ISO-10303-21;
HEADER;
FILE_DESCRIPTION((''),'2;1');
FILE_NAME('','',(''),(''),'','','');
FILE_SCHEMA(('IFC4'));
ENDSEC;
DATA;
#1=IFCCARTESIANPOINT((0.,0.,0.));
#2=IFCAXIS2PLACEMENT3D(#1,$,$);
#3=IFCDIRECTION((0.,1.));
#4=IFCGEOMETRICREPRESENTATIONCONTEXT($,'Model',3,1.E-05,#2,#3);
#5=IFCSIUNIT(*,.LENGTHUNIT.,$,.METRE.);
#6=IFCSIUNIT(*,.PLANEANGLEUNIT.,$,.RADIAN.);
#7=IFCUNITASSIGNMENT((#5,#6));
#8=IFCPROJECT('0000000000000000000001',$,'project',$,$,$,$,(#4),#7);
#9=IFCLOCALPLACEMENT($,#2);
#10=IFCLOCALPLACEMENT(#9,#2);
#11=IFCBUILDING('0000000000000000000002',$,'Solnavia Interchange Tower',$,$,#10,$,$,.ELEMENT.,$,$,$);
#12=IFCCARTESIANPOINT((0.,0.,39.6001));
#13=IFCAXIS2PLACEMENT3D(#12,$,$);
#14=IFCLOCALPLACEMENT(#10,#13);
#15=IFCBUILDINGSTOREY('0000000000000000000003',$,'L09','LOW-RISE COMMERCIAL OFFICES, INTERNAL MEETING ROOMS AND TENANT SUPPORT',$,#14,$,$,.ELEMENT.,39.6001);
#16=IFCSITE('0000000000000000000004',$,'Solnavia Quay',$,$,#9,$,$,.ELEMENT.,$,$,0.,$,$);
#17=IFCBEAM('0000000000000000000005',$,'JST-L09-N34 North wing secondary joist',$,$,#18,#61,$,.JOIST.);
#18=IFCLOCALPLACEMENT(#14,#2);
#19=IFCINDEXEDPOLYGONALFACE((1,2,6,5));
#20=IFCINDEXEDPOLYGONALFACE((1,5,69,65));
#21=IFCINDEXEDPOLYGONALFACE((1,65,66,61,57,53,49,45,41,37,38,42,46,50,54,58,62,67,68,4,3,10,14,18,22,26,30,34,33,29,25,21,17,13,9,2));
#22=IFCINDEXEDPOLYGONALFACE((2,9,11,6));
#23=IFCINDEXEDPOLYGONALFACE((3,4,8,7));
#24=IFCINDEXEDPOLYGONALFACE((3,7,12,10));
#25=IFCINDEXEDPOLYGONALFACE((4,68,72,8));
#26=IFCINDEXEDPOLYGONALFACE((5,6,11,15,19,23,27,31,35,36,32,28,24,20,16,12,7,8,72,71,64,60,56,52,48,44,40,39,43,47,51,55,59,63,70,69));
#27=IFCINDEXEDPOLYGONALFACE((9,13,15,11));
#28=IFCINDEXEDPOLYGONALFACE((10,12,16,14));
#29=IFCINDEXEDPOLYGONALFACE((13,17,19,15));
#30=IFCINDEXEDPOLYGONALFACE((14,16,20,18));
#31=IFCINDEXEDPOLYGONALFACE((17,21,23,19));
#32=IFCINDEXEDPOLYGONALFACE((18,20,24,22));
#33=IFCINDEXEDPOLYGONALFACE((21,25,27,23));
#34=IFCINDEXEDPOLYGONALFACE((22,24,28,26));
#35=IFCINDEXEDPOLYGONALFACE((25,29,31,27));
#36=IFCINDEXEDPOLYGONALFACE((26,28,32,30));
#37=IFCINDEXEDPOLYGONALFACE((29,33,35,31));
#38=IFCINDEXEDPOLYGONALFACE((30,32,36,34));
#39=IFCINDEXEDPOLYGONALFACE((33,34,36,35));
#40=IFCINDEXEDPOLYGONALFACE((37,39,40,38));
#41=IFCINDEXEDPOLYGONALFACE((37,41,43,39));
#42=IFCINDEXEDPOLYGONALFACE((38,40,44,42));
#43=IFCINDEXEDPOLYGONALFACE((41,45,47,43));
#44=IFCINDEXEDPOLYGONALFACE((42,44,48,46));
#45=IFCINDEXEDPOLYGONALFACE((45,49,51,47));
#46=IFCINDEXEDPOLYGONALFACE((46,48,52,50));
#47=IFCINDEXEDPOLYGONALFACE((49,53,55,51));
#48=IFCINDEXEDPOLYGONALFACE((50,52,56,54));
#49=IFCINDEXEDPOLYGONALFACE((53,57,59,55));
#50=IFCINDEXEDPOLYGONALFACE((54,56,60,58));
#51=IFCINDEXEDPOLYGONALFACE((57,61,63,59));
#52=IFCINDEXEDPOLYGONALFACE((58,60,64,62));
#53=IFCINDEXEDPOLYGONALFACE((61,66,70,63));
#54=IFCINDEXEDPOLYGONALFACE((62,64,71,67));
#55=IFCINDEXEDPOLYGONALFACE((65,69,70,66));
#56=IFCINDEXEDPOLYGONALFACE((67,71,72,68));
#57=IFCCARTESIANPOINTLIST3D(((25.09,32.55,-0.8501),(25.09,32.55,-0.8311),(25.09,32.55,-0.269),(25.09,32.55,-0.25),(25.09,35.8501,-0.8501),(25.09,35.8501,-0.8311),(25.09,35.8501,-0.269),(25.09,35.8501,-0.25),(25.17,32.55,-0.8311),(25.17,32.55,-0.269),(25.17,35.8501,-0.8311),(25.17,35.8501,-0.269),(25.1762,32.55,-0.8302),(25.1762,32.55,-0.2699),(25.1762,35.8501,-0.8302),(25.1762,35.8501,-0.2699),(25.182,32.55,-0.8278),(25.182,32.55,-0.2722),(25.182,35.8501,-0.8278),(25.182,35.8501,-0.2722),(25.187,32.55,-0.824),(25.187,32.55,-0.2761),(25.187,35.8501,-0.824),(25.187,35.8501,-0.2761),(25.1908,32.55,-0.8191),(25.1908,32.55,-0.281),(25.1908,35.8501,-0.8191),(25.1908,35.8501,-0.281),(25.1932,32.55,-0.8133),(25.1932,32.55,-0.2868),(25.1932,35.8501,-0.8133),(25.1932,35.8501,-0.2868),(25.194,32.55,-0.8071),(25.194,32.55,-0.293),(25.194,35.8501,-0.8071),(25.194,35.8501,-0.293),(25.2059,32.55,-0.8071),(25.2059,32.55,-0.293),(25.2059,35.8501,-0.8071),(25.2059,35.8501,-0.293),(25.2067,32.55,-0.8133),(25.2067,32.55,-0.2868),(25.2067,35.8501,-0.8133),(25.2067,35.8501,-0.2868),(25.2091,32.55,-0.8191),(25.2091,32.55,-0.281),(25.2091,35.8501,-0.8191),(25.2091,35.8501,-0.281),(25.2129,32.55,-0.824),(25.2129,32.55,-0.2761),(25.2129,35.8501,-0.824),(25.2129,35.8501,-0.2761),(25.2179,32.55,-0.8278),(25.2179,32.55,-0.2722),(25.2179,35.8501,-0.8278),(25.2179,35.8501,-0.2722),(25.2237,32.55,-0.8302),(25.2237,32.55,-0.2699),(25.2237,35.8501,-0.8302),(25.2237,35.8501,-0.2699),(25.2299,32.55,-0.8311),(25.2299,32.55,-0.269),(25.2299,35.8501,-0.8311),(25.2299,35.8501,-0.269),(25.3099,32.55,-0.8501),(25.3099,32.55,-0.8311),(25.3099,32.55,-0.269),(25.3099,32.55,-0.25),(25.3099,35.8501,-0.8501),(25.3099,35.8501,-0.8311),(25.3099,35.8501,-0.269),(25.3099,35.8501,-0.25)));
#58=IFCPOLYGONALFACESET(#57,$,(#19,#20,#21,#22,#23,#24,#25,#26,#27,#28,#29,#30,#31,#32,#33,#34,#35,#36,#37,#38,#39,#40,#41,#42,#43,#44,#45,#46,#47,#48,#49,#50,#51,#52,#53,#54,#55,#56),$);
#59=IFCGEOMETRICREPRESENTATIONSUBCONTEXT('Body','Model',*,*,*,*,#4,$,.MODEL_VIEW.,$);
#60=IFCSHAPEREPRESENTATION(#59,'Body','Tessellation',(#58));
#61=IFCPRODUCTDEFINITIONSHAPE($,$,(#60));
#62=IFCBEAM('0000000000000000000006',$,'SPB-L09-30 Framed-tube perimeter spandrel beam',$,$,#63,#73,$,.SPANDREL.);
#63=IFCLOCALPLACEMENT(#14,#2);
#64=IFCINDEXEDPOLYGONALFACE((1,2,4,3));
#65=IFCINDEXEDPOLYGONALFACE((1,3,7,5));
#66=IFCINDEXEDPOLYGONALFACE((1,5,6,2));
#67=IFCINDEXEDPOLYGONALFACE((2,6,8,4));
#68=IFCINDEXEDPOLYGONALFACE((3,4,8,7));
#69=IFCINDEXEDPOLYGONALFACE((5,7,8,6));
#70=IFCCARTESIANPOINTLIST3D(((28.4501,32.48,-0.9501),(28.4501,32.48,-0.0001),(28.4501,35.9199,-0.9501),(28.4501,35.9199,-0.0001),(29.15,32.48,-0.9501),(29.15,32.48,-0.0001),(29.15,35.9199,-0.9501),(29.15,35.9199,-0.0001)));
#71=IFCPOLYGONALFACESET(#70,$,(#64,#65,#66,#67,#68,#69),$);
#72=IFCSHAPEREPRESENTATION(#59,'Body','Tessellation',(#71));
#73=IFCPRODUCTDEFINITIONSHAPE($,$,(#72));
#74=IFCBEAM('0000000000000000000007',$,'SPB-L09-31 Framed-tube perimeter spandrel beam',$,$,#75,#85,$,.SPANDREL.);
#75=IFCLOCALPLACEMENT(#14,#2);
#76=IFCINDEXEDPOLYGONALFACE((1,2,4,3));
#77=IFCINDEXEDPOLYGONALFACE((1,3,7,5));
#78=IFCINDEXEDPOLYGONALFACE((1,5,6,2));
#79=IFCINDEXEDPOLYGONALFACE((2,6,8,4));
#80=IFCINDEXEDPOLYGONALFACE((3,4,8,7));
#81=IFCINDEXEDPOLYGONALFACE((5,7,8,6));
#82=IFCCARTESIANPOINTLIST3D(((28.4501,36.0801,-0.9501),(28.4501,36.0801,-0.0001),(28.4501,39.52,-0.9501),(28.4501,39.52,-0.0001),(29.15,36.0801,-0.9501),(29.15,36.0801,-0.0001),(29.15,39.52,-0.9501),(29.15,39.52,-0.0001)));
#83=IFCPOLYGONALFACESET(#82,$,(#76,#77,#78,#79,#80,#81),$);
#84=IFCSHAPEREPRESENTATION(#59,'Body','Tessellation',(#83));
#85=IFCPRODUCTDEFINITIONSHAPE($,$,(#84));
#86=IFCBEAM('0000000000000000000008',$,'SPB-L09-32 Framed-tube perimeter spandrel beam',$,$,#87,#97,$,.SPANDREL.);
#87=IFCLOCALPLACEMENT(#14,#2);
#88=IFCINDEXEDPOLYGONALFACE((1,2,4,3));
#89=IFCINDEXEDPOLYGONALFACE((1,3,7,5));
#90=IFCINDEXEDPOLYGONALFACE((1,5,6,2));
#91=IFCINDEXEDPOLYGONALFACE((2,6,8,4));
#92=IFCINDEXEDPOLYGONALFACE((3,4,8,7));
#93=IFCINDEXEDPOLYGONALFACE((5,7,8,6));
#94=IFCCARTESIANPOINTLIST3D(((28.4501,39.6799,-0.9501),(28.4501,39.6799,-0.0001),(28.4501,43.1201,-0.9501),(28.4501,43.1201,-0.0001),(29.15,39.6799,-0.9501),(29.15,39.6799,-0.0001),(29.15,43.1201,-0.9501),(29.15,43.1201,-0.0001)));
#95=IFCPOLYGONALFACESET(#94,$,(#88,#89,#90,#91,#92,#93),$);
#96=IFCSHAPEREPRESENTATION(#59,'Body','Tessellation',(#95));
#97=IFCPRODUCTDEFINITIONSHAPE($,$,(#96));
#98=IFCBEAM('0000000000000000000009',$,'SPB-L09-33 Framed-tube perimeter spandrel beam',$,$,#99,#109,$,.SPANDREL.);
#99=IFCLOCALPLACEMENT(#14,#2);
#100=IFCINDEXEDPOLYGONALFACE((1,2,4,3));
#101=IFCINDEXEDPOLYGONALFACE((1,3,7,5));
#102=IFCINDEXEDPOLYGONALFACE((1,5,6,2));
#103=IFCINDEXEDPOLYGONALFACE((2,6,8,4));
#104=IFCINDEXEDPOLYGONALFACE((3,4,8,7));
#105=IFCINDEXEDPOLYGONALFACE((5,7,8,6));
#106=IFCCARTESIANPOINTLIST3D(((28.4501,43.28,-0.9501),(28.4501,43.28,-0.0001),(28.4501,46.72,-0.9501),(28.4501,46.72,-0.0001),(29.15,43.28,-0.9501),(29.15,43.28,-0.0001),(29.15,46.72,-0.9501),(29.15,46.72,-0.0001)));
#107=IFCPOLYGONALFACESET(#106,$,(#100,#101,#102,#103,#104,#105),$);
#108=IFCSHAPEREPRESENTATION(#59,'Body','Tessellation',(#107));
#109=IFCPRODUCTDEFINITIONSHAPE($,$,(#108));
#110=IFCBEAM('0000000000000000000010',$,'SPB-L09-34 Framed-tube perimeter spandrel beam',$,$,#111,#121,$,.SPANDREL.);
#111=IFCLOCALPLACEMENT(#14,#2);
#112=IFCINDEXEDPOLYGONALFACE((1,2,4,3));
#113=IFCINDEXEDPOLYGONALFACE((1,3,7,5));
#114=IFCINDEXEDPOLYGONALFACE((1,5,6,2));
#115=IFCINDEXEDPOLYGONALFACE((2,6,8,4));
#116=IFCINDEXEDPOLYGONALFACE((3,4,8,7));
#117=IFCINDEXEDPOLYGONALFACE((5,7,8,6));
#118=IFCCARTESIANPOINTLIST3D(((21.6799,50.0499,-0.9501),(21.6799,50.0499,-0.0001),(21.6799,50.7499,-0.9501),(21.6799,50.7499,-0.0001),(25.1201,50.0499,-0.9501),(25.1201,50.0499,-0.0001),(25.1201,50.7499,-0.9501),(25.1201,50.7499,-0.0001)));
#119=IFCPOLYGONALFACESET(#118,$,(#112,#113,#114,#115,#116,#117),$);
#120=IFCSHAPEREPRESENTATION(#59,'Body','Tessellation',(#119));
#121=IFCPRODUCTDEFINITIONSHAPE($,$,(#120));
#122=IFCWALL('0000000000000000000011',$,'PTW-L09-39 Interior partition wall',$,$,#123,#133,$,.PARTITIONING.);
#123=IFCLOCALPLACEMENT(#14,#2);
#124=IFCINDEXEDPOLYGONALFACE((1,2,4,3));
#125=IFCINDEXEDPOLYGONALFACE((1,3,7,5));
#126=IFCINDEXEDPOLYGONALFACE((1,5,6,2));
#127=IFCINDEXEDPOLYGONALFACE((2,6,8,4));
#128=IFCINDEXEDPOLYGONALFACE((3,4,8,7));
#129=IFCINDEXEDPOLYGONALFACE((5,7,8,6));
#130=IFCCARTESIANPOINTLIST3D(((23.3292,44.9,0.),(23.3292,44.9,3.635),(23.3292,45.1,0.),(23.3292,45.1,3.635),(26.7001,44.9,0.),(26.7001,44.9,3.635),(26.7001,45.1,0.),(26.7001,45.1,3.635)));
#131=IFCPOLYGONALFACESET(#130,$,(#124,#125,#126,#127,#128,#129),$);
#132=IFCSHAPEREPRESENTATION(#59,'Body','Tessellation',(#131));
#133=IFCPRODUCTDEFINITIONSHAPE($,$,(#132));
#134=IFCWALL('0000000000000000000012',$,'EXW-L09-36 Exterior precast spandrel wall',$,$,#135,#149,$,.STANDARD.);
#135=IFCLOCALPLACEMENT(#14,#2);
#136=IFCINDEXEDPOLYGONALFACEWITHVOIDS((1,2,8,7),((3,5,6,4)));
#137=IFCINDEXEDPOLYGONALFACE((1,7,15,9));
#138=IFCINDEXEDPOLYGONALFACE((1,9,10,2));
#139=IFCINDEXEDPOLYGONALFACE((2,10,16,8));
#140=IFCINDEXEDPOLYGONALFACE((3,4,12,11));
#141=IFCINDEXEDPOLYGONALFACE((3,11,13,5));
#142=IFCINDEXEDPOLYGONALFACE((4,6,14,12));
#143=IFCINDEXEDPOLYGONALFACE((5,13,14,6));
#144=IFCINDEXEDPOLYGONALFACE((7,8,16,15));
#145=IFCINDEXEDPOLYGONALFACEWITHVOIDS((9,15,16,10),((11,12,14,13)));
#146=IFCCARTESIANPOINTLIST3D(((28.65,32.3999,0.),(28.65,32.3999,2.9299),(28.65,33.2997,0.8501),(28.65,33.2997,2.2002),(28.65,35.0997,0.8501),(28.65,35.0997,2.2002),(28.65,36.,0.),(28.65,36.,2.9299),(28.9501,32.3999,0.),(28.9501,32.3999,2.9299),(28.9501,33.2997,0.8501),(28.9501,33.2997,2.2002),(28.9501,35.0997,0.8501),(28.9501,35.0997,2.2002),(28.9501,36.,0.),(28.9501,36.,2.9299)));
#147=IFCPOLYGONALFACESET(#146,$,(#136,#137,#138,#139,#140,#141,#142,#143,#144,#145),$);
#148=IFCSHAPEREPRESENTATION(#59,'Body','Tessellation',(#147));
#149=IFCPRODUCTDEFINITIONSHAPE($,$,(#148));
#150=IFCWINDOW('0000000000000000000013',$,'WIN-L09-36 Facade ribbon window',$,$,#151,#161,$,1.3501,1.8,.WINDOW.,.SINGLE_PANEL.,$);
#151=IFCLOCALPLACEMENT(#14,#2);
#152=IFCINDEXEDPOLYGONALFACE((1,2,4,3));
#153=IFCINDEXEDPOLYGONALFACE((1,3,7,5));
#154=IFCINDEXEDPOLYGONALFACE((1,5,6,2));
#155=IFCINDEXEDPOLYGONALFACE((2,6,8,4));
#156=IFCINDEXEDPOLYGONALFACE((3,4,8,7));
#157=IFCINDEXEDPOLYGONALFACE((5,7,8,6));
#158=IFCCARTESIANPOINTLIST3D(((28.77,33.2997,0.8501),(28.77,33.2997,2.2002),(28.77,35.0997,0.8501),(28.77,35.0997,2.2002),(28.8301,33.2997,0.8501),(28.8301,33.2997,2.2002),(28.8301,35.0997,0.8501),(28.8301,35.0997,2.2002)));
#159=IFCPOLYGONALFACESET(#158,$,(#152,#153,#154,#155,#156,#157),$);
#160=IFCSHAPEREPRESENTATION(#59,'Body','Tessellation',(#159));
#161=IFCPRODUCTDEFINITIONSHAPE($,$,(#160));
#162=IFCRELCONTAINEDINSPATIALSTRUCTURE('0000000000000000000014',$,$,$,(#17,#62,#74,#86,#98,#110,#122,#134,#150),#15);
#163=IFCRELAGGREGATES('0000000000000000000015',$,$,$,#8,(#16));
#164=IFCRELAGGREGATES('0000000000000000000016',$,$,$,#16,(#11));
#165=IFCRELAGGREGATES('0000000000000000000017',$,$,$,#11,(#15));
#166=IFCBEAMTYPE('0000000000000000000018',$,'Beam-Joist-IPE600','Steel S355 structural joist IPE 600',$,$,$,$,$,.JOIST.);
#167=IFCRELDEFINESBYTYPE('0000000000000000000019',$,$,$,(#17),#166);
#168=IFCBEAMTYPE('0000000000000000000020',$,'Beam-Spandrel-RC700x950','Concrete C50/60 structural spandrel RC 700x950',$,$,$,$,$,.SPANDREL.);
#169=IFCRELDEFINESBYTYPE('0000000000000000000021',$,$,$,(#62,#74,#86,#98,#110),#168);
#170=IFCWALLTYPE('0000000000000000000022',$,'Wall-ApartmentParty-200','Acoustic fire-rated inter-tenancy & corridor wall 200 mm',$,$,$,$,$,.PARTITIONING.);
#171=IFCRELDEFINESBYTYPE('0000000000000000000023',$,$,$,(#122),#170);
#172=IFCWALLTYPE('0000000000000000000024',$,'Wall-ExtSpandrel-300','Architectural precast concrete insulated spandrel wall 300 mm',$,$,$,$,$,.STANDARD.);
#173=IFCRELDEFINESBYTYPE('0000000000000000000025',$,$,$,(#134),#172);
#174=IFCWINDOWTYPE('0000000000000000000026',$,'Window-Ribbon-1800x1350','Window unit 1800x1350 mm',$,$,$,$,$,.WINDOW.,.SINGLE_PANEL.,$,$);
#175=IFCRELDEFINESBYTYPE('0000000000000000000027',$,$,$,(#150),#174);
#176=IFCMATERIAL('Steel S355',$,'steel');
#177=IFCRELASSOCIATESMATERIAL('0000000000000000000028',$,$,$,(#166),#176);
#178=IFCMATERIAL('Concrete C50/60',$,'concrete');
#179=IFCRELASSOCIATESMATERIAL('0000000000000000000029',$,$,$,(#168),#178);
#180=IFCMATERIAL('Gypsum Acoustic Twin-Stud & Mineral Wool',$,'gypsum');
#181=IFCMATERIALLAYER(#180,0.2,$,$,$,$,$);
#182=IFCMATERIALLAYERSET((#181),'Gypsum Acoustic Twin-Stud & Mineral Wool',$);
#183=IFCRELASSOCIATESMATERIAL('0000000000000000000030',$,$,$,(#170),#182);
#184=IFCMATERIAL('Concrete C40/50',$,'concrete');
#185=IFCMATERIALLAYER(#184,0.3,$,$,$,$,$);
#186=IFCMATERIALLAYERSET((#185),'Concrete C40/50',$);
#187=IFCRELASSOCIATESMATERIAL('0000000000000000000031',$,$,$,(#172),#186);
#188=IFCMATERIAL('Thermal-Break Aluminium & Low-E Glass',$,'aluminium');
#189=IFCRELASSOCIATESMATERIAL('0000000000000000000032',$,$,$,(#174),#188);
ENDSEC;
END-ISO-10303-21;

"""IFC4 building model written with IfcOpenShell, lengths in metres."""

from ifc_helpers import new_model, si_unit, direction, frame, frame_2d, origin, origin_2d, place, context, subcontext, project, spatial, rectangle, i_section, extrude, material, layer, layer_set, material_profile, profile_set, type_object, element, fill, save


model = new_model("IFC4")

# Units and contexts
model_context = context("Model", 3, precision=1e-05, world=origin(), true_north=direction((0.0, 1.0)))
body_context = subcontext(model_context, "Body", "Model", "MODEL_VIEW")
ifc_project = project(units=[si_unit("LENGTHUNIT", "METRE"), si_unit("PLANEANGLEUNIT", "RADIAN")], contexts=[model_context])

# Site, building, storey
site_placement = place(None, origin())
site = spatial("IfcSite", under=ifc_project, at=site_placement, Name="Solnavia Quay", CompositionType="ELEMENT", RefElevation=0.0)
building_placement = place(site_placement, origin())
building = spatial("IfcBuilding", under=site, at=building_placement, Name="Solnavia Interchange Tower", CompositionType="ELEMENT")
storey_placement = place(building_placement, frame((0.0, 0.0, 39.6001)))
storey = spatial("IfcBuildingStorey", under=building, at=storey_placement, Name="L09", Description="LOW-RISE COMMERCIAL OFFICES, INTERNAL MEETING ROOMS AND TENANT SUPPORT", CompositionType="ELEMENT", Elevation=39.6001)

# Beams
ifc_material_1 = material(Name="Steel S355", Category="steel")
ifc_material_profile_1 = material_profile(ifc_material_1, i_section(OverallWidth=0.22, OverallDepth=0.6001, WebThickness=0.012, FlangeThickness=0.019, FilletRadius=0.0239, at=origin_2d()), Name="IPE 600")
ifc_profile_set_1 = profile_set([ifc_material_profile_1], Name="Steel S355")
beam_type_1 = type_object("IfcBeamType", Name="Beam-Joist-IPE600", Description="Steel S355 structural joist IPE 600", PredefinedType="JOIST", material=ifc_profile_set_1)
beam_1_placement = place(storey_placement, frame((25.2, 32.55, -0.55), z_axis=(0.0, 1.0, 0.0), x_axis=(-1.0, 0.0, 0.0)))
element("IfcBeam", 1, at=beam_1_placement, inside=storey, type_object=beam_type_1, Name="JST-L09-N34 North wing secondary joist", PredefinedType="JOIST", context=body_context, shape_type="SweptSolid", body=[
    extrude(i_section(OverallWidth=0.22, OverallDepth=0.6001, WebThickness=0.012, FlangeThickness=0.019, FilletRadius=0.0239, at=origin_2d()), origin(), (0.0, 0.0, 1.0), 3.3),
])
ifc_material_2 = material(Name="Concrete C50/60", Category="concrete")
ifc_material_profile_2 = material_profile(ifc_material_2, rectangle(XDim=0.7, YDim=0.95, at=origin_2d()), Name="RC 700x950")
ifc_profile_set_2 = profile_set([ifc_material_profile_2], Name="Concrete C50/60")
beam_type_2 = type_object("IfcBeamType", Name="Beam-Spandrel-RC700x950", Description="Concrete C50/60 structural spandrel RC 700x950", PredefinedType="SPANDREL", material=ifc_profile_set_2)
for number, where, z_axis, x_axis, name in (
    (2, (28.8, 32.48, -0.4751), (0.0, 1.0, 0.0), (-1.0, 0.0, 0.0), "SPB-L09-30 Framed-tube perimeter spandrel beam"),
    (3, (28.8, 36.0801, -0.4751), (0.0, 1.0, 0.0), (-1.0, 0.0, 0.0), "SPB-L09-31 Framed-tube perimeter spandrel beam"),
):
    element("IfcBeam", number, at=place(storey_placement, frame(where, z_axis=z_axis, x_axis=x_axis)), inside=storey, type_object=beam_type_2, Name=name, PredefinedType="SPANDREL", context=body_context, shape_type="SweptSolid", body=[
        extrude(rectangle(XDim=0.7, YDim=0.95, at=origin_2d()), origin(), (0.0, 0.0, 1.0), 3.4399),
    ])
beam_2_placement = place(storey_placement, frame((28.8, 39.6799, -0.4751), z_axis=(0.0, 1.0, 0.0), x_axis=(-1.0, 0.0, 0.0)))
element("IfcBeam", 4, at=beam_2_placement, inside=storey, type_object=beam_type_2, Name="SPB-L09-32 Framed-tube perimeter spandrel beam", PredefinedType="SPANDREL", context=body_context, shape_type="SweptSolid", body=[
    extrude(rectangle(XDim=0.7, YDim=0.95, at=origin_2d()), origin(), (0.0, 0.0, 1.0), 3.4402),
])
beam_3_placement = place(storey_placement, frame((28.8, 43.28, -0.4751), z_axis=(0.0, 1.0, 0.0), x_axis=(-1.0, 0.0, 0.0)))
element("IfcBeam", 5, at=beam_3_placement, inside=storey, type_object=beam_type_2, Name="SPB-L09-33 Framed-tube perimeter spandrel beam", PredefinedType="SPANDREL", context=body_context, shape_type="SweptSolid", body=[
    extrude(rectangle(XDim=0.7, YDim=0.95, at=origin_2d()), origin(), (0.0, 0.0, 1.0), 3.4399),
])
beam_4_placement = place(storey_placement, frame((25.1201, 50.3999, -0.4751), z_axis=(-1.0, 0.0, 0.0), x_axis=(0.0, -1.0, 0.0)))
element("IfcBeam", 6, at=beam_4_placement, inside=storey, type_object=beam_type_2, Name="SPB-L09-34 Framed-tube perimeter spandrel beam", PredefinedType="SPANDREL", context=body_context, shape_type="SweptSolid", body=[
    extrude(rectangle(XDim=0.7, YDim=0.95, at=origin_2d()), origin(), (0.0, 0.0, 1.0), 3.4402),
])

# Wall
ifc_material_3 = material(Name="Gypsum Acoustic Twin-Stud & Mineral Wool", Category="gypsum")
ifc_layer_1 = layer(ifc_material_3, 0.2)
ifc_layer_set_1 = layer_set([ifc_layer_1], Name="Gypsum Acoustic Twin-Stud & Mineral Wool")
wall_type_1 = type_object("IfcWallType", Name="Wall-ApartmentParty-200", Description="Acoustic fire-rated inter-tenancy & corridor wall 200 mm", PredefinedType="PARTITIONING", material=ifc_layer_set_1)
wall_1_placement = place(storey_placement, frame((23.3291, 45.0, 0.0), z_axis=(0.0, 0.0, 1.0), x_axis=(1.0, 0.0, 0.0)))
element("IfcWall", 7, at=wall_1_placement, inside=storey, type_object=wall_type_1, Name="PTW-L09-39 Interior partition wall", PredefinedType="PARTITIONING", context=body_context, shape_type="SweptSolid", body=[
    extrude(rectangle(XDim=3.3708, YDim=0.2, at=frame_2d((1.6855, 0.0))), origin(), (0.0, 0.0, 1.0), 3.635),
])

# Wall, opening, window
ifc_material_4 = material(Name="Concrete C40/50", Category="concrete")
ifc_layer_2 = layer(ifc_material_4, 0.3)
ifc_layer_set_2 = layer_set([ifc_layer_2], Name="Concrete C40/50")
wall_type_2 = type_object("IfcWallType", Name="Wall-ExtSpandrel-300", Description="Architectural precast concrete insulated spandrel wall 300 mm", PredefinedType="STANDARD", material=ifc_layer_set_2)
wall_2_placement = place(storey_placement, frame((28.8, 32.3999, 0.0), z_axis=(0.0, 0.0, 1.0), x_axis=(0.0, 1.0, 0.0)))
wall_2 = element("IfcWall", 8, at=wall_2_placement, inside=storey, type_object=wall_type_2, Name="EXW-L09-36 Exterior precast spandrel wall", PredefinedType="STANDARD", context=body_context, shape_type="SweptSolid", body=[
    extrude(rectangle(XDim=3.6001, YDim=0.3, at=frame_2d((1.8, 0.0))), origin(), (0.0, 0.0, 1.0), 2.9299),
])
opening_1_placement = place(wall_2_placement, frame((0.8999, 0.0, 0.8501)))
opening_1 = element("IfcOpeningElement", 9, at=opening_1_placement, cuts=wall_2, PredefinedType="OPENING", context=body_context, shape_type="SweptSolid", body=[
    extrude(rectangle(XDim=1.8, YDim=1.3501, at=frame_2d((0.8999, 0.675))), frame((0.0, 0.1602, 0.0), z_axis=(0.0, -1.0, 0.0), x_axis=(1.0, 0.0, 0.0)), (0.0, 0.0, 1.0), 0.3201),
])
ifc_material_5 = material(Name="Thermal-Break Aluminium & Low-E Glass", Category="aluminium")
window_type = type_object("IfcWindowType", Name="Window-Ribbon-1800x1350", Description="Window unit 1800x1350 mm", PartitioningType="SINGLE_PANEL", PredefinedType="WINDOW", material=ifc_material_5)
window_1_placement = place(opening_1_placement, origin())
window_1 = element("IfcWindow", 10, at=window_1_placement, inside=storey, type_object=window_type, Name="WIN-L09-36 Facade ribbon window", OverallHeight=1.3501, OverallWidth=1.8, PartitioningType="SINGLE_PANEL", PredefinedType="WINDOW", context=body_context, shape_type="SweptSolid", body=[
    extrude(rectangle(XDim=1.8, YDim=1.3501, at=frame_2d((0.8999, 0.675))), frame((0.0, 0.03, 0.0), z_axis=(0.0, -1.0, 0.0), x_axis=(1.0, 0.0, 0.0)), (0.0, 0.0, 1.0), 0.0601),
])
fill(opening_1, window_1)

save(model, "model.ifc")
